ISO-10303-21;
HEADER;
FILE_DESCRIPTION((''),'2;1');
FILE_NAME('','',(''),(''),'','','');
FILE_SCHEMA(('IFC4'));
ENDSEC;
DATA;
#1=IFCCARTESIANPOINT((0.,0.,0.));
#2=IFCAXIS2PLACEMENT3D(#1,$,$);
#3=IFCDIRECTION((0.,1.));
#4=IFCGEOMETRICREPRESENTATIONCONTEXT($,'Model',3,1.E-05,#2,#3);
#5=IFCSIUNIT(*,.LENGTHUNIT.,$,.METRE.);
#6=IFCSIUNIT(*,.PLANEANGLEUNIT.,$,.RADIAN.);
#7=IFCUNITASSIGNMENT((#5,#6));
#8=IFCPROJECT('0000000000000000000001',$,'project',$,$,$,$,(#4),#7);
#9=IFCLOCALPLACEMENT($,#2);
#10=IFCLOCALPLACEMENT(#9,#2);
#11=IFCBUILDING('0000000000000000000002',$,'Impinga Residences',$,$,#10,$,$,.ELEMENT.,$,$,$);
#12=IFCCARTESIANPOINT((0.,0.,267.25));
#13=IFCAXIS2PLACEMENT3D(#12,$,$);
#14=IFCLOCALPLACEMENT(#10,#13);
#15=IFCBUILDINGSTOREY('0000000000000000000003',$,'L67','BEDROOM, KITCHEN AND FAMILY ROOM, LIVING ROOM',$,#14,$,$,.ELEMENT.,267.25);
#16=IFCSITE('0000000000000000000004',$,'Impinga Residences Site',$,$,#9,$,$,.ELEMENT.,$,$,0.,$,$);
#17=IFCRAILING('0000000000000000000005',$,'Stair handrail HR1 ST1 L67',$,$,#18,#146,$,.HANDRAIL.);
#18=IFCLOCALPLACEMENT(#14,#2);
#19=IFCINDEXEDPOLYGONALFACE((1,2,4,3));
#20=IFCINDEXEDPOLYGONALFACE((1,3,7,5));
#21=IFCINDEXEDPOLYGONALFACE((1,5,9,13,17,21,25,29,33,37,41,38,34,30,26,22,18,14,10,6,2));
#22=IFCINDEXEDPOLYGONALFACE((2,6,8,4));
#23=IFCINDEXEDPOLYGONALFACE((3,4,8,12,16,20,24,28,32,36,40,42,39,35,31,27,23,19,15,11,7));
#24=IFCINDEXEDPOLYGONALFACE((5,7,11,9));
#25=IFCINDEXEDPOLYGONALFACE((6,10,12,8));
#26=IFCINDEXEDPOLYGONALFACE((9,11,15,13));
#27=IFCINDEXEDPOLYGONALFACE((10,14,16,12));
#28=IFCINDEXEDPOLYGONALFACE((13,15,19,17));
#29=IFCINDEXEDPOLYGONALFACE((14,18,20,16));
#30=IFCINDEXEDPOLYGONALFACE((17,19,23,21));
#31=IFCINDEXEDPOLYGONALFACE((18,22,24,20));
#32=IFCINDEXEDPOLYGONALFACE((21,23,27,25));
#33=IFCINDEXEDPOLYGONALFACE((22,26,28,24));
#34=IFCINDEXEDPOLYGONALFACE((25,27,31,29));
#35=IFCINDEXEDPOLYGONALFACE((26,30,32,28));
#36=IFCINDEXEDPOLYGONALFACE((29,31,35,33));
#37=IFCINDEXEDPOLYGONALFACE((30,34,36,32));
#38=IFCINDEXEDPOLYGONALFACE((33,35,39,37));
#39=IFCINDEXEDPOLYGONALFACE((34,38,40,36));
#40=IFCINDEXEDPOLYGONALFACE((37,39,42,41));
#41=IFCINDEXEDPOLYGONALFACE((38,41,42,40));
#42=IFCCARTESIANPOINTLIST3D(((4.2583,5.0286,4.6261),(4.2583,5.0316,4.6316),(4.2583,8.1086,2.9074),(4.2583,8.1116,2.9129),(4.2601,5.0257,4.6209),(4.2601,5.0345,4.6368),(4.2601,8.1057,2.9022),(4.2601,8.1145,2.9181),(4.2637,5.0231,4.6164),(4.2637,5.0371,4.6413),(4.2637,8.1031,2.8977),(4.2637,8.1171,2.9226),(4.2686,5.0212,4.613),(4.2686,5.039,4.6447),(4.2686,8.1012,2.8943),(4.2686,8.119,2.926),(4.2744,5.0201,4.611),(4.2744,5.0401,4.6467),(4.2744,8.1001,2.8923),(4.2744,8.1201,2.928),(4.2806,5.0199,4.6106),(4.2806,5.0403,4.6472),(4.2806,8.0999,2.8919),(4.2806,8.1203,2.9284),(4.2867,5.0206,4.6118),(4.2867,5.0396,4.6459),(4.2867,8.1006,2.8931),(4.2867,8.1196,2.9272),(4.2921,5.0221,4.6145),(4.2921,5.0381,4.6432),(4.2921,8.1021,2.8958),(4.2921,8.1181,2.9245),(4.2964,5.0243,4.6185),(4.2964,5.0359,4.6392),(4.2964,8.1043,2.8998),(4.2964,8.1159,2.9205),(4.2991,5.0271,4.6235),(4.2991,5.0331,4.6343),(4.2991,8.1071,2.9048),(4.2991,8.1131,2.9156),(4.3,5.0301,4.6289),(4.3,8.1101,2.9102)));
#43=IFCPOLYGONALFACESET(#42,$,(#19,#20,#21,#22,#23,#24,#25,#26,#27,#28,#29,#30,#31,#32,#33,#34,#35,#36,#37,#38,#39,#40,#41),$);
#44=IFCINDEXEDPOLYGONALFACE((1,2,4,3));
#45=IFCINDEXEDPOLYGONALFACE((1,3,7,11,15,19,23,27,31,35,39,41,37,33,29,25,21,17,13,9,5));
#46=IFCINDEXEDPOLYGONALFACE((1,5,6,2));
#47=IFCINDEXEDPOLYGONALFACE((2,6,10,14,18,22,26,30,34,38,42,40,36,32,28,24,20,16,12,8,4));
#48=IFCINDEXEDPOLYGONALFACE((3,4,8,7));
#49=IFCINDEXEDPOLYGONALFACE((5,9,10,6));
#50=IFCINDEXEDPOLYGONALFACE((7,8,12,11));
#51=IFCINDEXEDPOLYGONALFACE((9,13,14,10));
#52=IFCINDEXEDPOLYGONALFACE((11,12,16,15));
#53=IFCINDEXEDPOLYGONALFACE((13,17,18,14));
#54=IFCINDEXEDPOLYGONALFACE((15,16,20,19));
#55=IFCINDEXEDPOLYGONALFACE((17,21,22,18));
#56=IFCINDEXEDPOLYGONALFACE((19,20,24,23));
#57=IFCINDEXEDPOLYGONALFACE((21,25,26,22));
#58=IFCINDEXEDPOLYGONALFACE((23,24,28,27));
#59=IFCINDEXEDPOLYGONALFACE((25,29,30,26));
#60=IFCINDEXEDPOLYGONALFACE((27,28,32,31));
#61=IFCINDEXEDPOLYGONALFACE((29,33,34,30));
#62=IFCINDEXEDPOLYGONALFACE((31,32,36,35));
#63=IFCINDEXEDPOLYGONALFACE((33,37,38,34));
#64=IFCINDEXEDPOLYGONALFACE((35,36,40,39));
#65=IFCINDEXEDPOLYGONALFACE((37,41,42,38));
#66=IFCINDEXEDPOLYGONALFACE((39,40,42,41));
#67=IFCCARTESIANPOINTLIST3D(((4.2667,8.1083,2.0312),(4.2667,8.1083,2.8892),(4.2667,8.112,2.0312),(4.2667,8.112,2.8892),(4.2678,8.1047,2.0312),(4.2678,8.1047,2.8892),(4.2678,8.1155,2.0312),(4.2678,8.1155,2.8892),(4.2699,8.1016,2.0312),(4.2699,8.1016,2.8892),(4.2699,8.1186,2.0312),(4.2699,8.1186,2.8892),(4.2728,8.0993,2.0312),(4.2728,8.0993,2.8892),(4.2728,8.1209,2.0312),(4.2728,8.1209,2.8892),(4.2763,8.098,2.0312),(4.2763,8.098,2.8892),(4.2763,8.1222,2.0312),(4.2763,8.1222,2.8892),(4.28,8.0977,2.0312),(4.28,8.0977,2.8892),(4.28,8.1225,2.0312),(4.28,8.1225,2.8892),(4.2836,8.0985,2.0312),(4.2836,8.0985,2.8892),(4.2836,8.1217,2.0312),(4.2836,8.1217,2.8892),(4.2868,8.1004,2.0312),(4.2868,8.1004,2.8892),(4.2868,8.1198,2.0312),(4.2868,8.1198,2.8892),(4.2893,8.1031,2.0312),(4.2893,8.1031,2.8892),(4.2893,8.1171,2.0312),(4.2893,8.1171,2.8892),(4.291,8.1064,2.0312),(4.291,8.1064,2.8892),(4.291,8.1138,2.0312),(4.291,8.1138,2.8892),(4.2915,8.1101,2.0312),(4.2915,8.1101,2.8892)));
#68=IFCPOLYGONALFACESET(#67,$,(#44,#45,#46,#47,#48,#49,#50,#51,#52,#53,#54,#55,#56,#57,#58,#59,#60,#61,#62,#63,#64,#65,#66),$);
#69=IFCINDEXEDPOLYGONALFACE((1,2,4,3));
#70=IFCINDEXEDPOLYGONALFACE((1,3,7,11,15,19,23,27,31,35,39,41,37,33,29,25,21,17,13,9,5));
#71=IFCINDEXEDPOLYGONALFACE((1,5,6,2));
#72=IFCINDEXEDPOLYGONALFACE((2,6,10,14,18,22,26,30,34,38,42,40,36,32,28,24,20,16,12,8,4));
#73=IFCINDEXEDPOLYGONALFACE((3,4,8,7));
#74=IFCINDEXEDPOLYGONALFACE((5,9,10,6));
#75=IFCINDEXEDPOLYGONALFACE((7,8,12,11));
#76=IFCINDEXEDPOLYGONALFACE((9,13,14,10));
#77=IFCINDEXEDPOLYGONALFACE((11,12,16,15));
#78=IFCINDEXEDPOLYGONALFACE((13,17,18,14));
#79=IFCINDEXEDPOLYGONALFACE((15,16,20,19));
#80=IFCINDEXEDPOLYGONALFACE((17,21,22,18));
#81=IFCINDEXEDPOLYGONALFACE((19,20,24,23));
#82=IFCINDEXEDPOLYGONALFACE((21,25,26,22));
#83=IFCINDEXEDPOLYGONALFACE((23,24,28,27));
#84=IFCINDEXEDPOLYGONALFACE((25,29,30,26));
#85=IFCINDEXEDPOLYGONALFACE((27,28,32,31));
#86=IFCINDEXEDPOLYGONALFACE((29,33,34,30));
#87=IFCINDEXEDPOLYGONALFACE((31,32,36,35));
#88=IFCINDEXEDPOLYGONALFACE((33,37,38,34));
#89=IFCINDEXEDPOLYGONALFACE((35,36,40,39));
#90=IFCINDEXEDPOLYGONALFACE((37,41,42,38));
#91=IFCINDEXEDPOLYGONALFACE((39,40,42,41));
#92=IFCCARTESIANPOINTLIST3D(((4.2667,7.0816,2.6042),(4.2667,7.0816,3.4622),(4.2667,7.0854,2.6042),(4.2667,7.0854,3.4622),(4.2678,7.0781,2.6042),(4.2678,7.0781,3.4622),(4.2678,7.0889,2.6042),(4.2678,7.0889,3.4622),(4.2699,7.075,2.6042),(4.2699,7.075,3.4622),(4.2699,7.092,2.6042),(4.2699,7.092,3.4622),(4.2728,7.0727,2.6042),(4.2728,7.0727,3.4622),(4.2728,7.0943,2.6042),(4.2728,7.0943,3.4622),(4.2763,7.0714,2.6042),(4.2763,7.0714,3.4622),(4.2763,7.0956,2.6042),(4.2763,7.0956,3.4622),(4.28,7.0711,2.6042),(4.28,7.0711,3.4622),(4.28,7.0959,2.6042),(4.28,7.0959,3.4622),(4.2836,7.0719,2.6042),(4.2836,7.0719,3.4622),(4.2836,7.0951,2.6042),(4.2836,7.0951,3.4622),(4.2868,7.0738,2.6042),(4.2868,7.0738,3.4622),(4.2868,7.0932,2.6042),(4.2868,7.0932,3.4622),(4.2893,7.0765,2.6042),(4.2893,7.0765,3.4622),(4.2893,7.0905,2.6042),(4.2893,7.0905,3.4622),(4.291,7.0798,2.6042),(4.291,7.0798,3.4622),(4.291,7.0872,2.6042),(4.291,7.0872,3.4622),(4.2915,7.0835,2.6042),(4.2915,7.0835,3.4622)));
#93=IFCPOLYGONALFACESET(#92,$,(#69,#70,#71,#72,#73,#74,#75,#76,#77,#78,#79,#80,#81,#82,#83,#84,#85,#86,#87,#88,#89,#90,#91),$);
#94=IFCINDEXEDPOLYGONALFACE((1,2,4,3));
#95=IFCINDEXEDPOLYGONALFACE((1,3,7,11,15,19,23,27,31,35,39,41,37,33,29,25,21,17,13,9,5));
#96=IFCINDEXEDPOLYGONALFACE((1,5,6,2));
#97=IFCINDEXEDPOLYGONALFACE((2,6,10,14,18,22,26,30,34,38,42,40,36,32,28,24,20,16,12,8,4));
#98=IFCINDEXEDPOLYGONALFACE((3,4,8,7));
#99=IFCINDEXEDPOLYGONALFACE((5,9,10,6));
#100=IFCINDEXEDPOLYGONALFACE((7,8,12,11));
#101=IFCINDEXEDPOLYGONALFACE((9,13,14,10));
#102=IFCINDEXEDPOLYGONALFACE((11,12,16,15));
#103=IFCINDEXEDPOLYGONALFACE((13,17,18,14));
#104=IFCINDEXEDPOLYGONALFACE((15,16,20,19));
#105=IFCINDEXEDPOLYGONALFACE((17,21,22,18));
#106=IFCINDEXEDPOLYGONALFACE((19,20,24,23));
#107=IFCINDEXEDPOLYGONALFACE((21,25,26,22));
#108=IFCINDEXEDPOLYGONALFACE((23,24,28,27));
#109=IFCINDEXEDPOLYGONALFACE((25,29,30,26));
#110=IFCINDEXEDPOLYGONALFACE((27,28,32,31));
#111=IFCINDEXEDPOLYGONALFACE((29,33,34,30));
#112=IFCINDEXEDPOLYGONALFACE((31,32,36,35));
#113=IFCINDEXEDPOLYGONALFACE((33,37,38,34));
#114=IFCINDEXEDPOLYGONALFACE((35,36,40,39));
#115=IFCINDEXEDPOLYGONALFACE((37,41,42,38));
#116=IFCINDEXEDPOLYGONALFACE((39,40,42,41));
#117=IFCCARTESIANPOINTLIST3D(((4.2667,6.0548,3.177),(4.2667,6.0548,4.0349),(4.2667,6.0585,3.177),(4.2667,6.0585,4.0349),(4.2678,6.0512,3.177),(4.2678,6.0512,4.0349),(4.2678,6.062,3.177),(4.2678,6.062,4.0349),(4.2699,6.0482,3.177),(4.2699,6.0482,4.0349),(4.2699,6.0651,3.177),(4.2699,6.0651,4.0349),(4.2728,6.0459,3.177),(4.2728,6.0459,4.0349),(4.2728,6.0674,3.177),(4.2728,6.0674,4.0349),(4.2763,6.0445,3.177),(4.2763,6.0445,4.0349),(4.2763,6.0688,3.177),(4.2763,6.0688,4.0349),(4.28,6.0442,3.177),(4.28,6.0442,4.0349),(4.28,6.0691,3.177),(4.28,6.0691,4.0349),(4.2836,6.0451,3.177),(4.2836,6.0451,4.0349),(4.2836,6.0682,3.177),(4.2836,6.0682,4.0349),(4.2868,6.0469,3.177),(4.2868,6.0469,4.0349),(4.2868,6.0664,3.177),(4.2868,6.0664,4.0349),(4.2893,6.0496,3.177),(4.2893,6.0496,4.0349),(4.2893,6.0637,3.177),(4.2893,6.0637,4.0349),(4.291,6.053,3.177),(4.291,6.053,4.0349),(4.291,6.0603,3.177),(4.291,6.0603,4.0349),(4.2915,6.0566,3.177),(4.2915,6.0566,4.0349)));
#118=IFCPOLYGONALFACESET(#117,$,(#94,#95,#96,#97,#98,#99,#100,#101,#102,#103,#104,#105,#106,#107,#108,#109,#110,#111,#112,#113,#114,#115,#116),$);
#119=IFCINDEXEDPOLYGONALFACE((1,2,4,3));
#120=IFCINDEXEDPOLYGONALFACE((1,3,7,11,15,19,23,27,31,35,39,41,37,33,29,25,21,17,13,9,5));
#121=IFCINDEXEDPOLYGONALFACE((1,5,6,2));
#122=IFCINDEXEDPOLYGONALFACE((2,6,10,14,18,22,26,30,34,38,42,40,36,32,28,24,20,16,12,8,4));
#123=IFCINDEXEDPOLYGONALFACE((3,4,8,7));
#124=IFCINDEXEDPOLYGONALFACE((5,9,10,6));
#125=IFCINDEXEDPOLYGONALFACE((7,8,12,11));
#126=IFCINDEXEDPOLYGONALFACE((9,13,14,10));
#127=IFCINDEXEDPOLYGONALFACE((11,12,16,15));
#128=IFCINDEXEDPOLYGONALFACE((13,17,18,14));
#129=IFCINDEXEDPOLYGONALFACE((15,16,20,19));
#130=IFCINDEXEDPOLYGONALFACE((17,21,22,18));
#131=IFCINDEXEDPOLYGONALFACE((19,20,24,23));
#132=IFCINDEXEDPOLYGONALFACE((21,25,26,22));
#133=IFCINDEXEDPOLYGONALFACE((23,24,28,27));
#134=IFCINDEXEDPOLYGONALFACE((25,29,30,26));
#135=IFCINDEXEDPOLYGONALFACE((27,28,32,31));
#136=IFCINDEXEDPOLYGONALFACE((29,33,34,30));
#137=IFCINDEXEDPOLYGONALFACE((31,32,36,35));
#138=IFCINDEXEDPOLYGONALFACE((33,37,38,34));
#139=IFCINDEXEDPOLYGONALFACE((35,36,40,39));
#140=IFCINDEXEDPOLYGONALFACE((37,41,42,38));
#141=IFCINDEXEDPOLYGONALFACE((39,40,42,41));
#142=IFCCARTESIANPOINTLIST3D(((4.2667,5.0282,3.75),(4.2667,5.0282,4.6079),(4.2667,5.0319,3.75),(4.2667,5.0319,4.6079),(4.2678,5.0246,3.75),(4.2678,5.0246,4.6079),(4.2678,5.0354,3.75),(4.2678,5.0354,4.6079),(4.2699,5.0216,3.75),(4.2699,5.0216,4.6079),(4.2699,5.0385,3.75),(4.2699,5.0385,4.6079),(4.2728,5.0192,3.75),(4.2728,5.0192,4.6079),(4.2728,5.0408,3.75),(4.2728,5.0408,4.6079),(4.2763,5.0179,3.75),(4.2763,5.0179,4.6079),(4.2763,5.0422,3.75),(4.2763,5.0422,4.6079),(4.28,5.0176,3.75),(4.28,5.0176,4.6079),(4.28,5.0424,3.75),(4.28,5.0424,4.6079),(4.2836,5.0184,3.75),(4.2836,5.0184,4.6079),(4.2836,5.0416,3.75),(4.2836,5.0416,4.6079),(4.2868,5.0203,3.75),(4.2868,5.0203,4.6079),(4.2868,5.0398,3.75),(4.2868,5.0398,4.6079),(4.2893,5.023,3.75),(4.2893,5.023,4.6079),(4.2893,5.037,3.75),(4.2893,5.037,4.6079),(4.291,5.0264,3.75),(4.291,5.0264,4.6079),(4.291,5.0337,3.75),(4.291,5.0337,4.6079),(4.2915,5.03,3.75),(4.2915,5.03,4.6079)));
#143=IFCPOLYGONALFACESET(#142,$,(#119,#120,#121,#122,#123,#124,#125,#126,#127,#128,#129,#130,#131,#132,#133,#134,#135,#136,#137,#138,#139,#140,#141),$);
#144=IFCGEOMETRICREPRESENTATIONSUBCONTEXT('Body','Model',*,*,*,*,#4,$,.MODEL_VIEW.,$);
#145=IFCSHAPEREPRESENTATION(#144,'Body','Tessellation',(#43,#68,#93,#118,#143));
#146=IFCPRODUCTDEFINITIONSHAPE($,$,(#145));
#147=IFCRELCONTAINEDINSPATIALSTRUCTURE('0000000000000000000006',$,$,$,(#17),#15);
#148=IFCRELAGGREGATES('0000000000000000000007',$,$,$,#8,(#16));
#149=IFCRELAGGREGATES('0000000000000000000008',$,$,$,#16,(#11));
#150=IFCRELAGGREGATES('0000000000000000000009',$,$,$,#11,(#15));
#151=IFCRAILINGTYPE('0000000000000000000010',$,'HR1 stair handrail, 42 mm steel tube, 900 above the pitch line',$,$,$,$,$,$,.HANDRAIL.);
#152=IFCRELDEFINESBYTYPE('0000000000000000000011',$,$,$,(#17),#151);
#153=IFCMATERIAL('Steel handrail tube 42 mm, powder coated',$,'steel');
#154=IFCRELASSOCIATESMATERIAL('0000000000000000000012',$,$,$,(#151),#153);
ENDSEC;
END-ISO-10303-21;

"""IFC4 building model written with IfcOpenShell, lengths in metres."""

from ifc_helpers import new_model, si_unit, direction, frame, origin, origin_2d, place, context, subcontext, project, spatial, circle, extrude, material, type_object, element, save


model = new_model("IFC4")

# Units and contexts
model_context = context("Model", 3, precision=1e-05, world=origin(), true_north=direction((0.0, 1.0)))
body_context = subcontext(model_context, "Body", "Model", "MODEL_VIEW")
ifc_project = project(units=[si_unit("LENGTHUNIT", "METRE"), si_unit("PLANEANGLEUNIT", "RADIAN")], contexts=[model_context])

# Site, building, storey
site_placement = place(None, origin())
site = spatial("IfcSite", under=ifc_project, at=site_placement, Name="Impinga Residences Site", CompositionType="ELEMENT", RefElevation=0.0)
building_placement = place(site_placement, origin())
building = spatial("IfcBuilding", under=site, at=building_placement, Name="Impinga Residences", CompositionType="ELEMENT")
storey_placement = place(building_placement, frame((0.0, 0.0, 267.25)))
storey = spatial("IfcBuildingStorey", under=building, at=storey_placement, Name="L67", Description="BEDROOM, KITCHEN AND FAMILY ROOM, LIVING ROOM", CompositionType="ELEMENT", Elevation=267.25)

# Railing
ifc_material_1 = material(Name="Steel handrail tube 42 mm, powder coated", Category="steel")
railing_type_1 = type_object("IfcRailingType", Name="HR1 stair handrail, 42 mm steel tube, 900 above the pitch line", PredefinedType="HANDRAIL", material=ifc_material_1)
railing_1_placement = place(storey_placement, frame((4.2791, 8.1101, 2.0312)))
element("IfcRailing", 1, at=railing_1_placement, inside=storey, type_object=railing_type_1, Name="Stair handrail HR1 ST1 L67", PredefinedType="HANDRAIL", context=body_context, shape_type="SweptSolid", body=[
    extrude(circle(Radius=0.021, at=origin_2d()), frame((0.0, 0.0, 0.8789), z_axis=(0.0, -0.873242, 0.487288), x_axis=(1.0, 0.0, 0.0)), (0.0, 0.0, 1.0), 3.5271),
    extrude(circle(Radius=0.0125, at=origin_2d()), origin(), (0.0, 0.0, 1.0), 0.8579),
    extrude(circle(Radius=0.0125, at=origin_2d()), frame((0.0, -1.0266, 0.573)), (0.0, 0.0, 1.0), 0.8579),
    extrude(circle(Radius=0.0125, at=origin_2d()), frame((0.0, -2.0535, 1.1458)), (0.0, 0.0, 1.0), 0.8579),
    extrude(circle(Radius=0.0125, at=origin_2d()), frame((0.0, -3.0801, 1.7188)), (0.0, 0.0, 1.0), 0.8579),
])

save(model, "model.ifc")
